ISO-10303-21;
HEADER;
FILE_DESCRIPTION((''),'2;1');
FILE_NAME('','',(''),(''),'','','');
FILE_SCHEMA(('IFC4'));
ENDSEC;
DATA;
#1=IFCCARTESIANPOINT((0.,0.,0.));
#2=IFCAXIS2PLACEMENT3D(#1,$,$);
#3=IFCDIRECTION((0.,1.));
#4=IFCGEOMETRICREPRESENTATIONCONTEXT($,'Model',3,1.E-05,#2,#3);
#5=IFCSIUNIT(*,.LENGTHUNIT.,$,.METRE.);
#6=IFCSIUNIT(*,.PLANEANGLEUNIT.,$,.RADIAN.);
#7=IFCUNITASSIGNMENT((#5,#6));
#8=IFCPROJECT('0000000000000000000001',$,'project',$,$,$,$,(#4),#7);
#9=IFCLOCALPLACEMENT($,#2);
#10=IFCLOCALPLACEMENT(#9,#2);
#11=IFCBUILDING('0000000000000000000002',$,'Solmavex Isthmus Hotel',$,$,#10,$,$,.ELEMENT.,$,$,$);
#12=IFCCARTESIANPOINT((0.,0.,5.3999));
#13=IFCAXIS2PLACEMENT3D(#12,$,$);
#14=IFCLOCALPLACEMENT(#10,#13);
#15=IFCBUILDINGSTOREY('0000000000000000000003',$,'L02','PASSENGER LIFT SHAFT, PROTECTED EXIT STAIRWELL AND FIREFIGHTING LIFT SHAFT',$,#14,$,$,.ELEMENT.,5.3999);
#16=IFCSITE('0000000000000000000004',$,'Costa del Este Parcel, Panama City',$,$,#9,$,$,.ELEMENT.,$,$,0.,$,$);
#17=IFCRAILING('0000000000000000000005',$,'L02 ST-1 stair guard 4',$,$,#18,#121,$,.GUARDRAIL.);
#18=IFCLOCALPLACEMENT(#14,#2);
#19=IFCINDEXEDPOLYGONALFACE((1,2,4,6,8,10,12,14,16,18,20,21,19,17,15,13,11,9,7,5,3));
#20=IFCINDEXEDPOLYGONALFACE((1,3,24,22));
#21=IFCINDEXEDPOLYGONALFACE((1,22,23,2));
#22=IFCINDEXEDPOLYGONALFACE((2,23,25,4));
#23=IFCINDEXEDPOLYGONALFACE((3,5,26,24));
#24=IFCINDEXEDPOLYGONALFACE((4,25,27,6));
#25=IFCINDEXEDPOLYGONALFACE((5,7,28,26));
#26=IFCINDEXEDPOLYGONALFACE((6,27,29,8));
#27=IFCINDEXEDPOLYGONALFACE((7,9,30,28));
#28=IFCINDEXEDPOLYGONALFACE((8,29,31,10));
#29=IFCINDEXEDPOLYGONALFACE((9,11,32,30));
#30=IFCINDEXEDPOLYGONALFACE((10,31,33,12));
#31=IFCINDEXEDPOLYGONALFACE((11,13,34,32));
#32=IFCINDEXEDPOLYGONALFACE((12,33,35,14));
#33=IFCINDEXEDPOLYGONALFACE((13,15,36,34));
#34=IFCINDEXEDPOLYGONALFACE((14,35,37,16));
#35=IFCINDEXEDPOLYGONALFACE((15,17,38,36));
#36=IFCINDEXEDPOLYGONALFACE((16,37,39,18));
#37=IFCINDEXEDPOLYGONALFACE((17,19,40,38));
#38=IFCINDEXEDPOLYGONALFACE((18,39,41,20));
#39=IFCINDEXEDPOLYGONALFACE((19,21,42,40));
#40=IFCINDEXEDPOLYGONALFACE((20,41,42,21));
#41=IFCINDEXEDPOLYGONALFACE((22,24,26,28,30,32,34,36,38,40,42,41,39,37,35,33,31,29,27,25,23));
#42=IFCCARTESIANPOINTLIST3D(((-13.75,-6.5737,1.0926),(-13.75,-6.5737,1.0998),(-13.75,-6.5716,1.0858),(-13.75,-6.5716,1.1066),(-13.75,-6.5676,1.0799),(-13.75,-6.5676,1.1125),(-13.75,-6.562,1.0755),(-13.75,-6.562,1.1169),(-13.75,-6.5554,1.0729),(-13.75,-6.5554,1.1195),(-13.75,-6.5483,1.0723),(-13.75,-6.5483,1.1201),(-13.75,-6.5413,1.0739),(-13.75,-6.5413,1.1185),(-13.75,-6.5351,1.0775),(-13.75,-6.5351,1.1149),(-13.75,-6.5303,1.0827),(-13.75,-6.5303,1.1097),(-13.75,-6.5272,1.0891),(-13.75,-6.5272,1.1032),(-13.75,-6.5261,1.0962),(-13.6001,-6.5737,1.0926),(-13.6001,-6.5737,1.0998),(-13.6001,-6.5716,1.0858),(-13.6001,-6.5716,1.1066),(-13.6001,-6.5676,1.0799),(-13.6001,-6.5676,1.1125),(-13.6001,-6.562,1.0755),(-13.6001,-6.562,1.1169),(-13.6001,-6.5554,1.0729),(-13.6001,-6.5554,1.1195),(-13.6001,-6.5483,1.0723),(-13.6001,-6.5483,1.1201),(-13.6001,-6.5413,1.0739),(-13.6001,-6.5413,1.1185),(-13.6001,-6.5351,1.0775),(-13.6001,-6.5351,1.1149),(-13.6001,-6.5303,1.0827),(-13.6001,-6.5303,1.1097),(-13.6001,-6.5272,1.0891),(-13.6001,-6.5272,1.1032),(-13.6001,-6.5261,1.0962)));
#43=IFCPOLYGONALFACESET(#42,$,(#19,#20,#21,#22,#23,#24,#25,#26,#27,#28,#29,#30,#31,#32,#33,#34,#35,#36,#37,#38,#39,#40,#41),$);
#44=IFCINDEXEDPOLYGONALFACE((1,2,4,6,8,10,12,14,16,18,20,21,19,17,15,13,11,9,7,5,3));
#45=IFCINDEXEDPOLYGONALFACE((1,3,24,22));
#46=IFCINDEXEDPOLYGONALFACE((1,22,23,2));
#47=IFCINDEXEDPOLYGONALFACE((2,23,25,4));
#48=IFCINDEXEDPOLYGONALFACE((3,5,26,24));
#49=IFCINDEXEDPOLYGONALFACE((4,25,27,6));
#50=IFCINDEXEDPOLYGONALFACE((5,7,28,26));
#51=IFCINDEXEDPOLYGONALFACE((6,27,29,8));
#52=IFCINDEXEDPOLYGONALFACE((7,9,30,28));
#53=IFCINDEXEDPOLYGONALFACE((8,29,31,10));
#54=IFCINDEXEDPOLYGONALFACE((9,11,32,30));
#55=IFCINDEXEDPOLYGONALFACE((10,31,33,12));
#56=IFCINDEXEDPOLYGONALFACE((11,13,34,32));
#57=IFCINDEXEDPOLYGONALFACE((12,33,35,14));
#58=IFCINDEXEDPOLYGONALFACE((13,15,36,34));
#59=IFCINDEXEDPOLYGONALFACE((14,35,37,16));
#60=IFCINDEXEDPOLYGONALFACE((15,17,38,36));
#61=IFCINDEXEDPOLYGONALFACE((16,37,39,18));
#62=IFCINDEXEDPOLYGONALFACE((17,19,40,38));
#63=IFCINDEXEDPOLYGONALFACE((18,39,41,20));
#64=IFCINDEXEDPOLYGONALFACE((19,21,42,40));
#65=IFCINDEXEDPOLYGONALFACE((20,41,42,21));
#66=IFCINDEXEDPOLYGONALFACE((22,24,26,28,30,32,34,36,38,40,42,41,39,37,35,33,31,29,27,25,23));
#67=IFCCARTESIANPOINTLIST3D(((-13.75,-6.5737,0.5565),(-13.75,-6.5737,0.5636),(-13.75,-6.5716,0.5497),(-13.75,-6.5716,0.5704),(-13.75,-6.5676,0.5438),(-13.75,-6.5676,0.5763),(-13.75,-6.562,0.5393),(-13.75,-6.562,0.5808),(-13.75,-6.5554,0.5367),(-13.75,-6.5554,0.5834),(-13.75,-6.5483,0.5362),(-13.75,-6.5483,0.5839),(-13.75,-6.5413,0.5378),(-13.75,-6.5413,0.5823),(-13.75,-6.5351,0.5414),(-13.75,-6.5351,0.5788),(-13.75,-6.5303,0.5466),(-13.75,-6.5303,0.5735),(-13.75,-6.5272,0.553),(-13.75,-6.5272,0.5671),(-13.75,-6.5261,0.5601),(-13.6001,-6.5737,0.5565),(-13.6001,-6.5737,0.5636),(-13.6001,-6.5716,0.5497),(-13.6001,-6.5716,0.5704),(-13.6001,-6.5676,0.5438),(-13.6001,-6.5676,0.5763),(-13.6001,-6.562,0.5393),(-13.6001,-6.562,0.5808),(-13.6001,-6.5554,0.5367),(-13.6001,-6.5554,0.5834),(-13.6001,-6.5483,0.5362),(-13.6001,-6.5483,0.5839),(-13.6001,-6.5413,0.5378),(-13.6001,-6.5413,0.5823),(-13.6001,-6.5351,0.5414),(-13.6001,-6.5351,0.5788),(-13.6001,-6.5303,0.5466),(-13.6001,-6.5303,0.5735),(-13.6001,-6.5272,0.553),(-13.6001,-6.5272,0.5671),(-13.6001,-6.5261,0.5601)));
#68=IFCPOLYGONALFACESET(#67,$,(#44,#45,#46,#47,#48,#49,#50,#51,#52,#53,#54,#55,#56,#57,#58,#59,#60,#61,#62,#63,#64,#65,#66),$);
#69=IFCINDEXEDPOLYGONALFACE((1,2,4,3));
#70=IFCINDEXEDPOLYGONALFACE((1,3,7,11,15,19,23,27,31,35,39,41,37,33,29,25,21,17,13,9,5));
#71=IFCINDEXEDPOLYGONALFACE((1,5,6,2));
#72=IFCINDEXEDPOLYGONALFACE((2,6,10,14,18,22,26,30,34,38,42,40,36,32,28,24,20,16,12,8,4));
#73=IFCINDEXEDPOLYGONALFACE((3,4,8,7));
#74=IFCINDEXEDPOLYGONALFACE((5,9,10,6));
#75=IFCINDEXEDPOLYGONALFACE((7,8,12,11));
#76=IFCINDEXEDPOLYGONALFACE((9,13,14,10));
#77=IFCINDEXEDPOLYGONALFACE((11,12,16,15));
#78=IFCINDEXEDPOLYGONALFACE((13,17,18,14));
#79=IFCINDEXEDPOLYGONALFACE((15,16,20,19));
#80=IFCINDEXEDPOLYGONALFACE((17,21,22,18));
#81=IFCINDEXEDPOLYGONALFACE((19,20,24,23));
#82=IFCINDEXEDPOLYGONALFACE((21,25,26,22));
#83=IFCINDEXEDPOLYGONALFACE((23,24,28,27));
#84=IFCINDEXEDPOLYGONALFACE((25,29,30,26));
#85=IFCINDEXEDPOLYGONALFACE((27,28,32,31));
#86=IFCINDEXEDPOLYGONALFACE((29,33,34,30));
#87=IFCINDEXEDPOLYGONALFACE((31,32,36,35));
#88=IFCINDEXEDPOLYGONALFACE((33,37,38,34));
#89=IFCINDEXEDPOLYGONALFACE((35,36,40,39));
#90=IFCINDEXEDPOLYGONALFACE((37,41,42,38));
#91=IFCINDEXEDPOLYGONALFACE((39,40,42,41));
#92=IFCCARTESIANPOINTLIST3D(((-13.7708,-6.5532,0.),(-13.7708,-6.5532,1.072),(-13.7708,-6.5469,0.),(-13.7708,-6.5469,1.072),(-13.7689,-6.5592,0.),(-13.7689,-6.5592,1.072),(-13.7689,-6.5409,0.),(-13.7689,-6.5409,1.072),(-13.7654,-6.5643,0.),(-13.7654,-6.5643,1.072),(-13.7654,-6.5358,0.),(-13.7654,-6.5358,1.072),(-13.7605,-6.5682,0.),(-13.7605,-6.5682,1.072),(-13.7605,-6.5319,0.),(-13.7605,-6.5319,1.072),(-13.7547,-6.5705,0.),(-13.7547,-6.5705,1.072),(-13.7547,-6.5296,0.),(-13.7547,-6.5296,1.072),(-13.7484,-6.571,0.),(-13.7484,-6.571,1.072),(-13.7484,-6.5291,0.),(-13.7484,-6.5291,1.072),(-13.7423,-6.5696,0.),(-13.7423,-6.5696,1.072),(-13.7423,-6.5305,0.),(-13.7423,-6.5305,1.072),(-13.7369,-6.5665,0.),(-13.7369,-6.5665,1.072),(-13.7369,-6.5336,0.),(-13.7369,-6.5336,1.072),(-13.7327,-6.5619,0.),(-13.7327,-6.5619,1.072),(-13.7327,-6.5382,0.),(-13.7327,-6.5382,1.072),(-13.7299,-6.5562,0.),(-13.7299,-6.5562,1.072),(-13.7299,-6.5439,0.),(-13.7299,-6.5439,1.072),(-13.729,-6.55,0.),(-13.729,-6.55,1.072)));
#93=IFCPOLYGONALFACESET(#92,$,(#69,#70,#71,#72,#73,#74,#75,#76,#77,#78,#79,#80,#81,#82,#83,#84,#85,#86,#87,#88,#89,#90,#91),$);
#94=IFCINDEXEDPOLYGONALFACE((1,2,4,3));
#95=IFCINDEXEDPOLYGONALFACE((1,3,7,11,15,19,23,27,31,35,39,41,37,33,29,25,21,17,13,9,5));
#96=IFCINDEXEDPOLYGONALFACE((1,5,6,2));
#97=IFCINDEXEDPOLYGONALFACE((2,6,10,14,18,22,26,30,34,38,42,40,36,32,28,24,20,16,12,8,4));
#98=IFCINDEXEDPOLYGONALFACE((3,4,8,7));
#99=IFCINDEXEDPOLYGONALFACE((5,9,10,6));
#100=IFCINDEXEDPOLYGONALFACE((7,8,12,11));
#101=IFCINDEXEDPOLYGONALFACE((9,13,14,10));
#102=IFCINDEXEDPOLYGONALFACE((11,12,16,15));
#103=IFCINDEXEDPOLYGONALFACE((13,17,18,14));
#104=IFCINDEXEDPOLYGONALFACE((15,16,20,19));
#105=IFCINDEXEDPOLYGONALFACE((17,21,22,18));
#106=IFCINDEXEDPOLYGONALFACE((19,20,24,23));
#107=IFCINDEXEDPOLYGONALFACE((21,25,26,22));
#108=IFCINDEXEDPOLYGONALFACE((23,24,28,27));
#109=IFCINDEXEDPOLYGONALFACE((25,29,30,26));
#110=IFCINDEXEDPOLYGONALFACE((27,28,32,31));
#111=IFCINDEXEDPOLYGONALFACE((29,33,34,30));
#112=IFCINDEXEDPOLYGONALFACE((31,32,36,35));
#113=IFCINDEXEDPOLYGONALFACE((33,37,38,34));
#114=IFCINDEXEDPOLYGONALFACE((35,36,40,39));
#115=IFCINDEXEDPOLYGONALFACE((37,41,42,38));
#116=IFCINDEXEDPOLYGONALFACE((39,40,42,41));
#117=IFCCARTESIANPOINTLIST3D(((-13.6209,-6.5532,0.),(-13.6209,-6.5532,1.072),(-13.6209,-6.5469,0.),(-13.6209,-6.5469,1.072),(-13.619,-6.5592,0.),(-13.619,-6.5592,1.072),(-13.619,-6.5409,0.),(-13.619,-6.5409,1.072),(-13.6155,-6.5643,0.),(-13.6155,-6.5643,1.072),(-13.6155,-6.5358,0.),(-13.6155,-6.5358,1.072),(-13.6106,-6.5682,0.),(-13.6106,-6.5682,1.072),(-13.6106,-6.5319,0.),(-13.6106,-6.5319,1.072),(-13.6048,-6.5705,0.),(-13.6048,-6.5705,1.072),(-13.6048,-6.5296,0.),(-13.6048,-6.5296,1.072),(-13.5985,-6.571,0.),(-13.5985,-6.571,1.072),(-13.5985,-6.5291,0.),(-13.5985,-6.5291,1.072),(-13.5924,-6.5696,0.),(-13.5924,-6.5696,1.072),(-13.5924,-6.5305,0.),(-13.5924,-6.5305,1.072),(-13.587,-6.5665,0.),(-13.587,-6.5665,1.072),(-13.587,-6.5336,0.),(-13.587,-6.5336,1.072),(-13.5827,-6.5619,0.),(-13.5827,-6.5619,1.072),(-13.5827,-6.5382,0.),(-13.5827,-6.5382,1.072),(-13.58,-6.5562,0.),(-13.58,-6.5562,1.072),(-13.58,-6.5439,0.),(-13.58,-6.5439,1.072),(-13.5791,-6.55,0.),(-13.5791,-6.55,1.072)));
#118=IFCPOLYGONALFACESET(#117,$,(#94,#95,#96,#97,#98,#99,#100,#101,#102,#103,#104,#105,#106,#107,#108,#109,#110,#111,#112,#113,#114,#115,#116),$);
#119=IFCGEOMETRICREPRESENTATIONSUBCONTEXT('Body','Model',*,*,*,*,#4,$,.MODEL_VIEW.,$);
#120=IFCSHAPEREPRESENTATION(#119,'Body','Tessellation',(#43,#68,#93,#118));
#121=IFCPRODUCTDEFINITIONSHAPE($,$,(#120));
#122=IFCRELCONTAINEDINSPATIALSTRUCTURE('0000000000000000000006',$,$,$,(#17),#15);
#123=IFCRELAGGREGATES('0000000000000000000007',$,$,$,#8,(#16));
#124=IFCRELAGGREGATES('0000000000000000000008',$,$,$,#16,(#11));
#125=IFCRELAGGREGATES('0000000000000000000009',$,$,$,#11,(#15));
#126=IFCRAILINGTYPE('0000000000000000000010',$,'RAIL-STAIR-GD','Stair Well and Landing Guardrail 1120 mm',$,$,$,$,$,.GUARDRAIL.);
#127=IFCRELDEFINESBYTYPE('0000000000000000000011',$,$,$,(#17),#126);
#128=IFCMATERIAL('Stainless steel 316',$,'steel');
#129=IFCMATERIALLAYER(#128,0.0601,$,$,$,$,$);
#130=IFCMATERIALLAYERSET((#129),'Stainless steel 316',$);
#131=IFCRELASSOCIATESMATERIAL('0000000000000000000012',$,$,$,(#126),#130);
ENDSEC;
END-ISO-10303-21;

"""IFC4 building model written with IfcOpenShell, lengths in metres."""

from ifc_helpers import new_model, si_unit, direction, frame, origin, origin_2d, place, context, subcontext, project, spatial, circle, extrude, material, layer, layer_set, type_object, element, save


model = new_model("IFC4")

# Units and contexts
model_context = context("Model", 3, precision=1e-05, world=origin(), true_north=direction((0.0, 1.0)))
body_context = subcontext(model_context, "Body", "Model", "MODEL_VIEW")
ifc_project = project(units=[si_unit("LENGTHUNIT", "METRE"), si_unit("PLANEANGLEUNIT", "RADIAN")], contexts=[model_context])

# Site, building, storey
site_placement = place(None, origin())
site = spatial("IfcSite", under=ifc_project, at=site_placement, Name="Costa del Este Parcel, Panama City", CompositionType="ELEMENT", RefElevation=0.0)
building_placement = place(site_placement, origin())
building = spatial("IfcBuilding", under=site, at=building_placement, Name="Solmavex Isthmus Hotel", CompositionType="ELEMENT")
storey_placement = place(building_placement, frame((0.0, 0.0, 5.3999)))
storey = spatial("IfcBuildingStorey", under=building, at=storey_placement, Name="L02", Description="PASSENGER LIFT SHAFT, PROTECTED EXIT STAIRWELL AND FIREFIGHTING LIFT SHAFT", CompositionType="ELEMENT", Elevation=5.3999)

# Shared definitions
ifc_material_1 = material(Name="Stainless steel 316", Category="steel")

# Railing
ifc_layer_1 = layer(ifc_material_1, 0.0601)
ifc_layer_set_1 = layer_set([ifc_layer_1], Name="Stainless steel 316")
railing_type_1 = type_object("IfcRailingType", Name="RAIL-STAIR-GD", Description="Stair Well and Landing Guardrail 1120 mm", PredefinedType="GUARDRAIL", material=ifc_layer_set_1)
railing_1_placement = place(storey_placement, frame((-13.75, -6.55, 0.0)))
element("IfcRailing", 1, at=railing_1_placement, inside=storey, type_object=railing_type_1, Name="L02 ST-1 stair guard 4", PredefinedType="GUARDRAIL", context=body_context, shape_type="SweptSolid", body=[
    extrude(circle(Radius=0.0239, at=origin_2d()), frame((0.0, 0.0, 1.0962), z_axis=(1.0, 0.0, 0.0), x_axis=(0.0, 1.0, 0.0)), (0.0, 0.0, 1.0), 0.1499),
    extrude(circle(Radius=0.0239, at=origin_2d()), frame((0.0, 0.0, 0.5601), z_axis=(1.0, 0.0, 0.0), x_axis=(0.0, 1.0, 0.0)), (0.0, 0.0, 1.0), 0.1499),
    extrude(circle(Radius=0.021, at=origin_2d()), origin(), (0.0, 0.0, 1.0), 1.072),
    extrude(circle(Radius=0.021, at=origin_2d()), frame((0.1499, 0.0, 0.0)), (0.0, 0.0, 1.0), 1.072),
])

save(model, "model.ifc")
